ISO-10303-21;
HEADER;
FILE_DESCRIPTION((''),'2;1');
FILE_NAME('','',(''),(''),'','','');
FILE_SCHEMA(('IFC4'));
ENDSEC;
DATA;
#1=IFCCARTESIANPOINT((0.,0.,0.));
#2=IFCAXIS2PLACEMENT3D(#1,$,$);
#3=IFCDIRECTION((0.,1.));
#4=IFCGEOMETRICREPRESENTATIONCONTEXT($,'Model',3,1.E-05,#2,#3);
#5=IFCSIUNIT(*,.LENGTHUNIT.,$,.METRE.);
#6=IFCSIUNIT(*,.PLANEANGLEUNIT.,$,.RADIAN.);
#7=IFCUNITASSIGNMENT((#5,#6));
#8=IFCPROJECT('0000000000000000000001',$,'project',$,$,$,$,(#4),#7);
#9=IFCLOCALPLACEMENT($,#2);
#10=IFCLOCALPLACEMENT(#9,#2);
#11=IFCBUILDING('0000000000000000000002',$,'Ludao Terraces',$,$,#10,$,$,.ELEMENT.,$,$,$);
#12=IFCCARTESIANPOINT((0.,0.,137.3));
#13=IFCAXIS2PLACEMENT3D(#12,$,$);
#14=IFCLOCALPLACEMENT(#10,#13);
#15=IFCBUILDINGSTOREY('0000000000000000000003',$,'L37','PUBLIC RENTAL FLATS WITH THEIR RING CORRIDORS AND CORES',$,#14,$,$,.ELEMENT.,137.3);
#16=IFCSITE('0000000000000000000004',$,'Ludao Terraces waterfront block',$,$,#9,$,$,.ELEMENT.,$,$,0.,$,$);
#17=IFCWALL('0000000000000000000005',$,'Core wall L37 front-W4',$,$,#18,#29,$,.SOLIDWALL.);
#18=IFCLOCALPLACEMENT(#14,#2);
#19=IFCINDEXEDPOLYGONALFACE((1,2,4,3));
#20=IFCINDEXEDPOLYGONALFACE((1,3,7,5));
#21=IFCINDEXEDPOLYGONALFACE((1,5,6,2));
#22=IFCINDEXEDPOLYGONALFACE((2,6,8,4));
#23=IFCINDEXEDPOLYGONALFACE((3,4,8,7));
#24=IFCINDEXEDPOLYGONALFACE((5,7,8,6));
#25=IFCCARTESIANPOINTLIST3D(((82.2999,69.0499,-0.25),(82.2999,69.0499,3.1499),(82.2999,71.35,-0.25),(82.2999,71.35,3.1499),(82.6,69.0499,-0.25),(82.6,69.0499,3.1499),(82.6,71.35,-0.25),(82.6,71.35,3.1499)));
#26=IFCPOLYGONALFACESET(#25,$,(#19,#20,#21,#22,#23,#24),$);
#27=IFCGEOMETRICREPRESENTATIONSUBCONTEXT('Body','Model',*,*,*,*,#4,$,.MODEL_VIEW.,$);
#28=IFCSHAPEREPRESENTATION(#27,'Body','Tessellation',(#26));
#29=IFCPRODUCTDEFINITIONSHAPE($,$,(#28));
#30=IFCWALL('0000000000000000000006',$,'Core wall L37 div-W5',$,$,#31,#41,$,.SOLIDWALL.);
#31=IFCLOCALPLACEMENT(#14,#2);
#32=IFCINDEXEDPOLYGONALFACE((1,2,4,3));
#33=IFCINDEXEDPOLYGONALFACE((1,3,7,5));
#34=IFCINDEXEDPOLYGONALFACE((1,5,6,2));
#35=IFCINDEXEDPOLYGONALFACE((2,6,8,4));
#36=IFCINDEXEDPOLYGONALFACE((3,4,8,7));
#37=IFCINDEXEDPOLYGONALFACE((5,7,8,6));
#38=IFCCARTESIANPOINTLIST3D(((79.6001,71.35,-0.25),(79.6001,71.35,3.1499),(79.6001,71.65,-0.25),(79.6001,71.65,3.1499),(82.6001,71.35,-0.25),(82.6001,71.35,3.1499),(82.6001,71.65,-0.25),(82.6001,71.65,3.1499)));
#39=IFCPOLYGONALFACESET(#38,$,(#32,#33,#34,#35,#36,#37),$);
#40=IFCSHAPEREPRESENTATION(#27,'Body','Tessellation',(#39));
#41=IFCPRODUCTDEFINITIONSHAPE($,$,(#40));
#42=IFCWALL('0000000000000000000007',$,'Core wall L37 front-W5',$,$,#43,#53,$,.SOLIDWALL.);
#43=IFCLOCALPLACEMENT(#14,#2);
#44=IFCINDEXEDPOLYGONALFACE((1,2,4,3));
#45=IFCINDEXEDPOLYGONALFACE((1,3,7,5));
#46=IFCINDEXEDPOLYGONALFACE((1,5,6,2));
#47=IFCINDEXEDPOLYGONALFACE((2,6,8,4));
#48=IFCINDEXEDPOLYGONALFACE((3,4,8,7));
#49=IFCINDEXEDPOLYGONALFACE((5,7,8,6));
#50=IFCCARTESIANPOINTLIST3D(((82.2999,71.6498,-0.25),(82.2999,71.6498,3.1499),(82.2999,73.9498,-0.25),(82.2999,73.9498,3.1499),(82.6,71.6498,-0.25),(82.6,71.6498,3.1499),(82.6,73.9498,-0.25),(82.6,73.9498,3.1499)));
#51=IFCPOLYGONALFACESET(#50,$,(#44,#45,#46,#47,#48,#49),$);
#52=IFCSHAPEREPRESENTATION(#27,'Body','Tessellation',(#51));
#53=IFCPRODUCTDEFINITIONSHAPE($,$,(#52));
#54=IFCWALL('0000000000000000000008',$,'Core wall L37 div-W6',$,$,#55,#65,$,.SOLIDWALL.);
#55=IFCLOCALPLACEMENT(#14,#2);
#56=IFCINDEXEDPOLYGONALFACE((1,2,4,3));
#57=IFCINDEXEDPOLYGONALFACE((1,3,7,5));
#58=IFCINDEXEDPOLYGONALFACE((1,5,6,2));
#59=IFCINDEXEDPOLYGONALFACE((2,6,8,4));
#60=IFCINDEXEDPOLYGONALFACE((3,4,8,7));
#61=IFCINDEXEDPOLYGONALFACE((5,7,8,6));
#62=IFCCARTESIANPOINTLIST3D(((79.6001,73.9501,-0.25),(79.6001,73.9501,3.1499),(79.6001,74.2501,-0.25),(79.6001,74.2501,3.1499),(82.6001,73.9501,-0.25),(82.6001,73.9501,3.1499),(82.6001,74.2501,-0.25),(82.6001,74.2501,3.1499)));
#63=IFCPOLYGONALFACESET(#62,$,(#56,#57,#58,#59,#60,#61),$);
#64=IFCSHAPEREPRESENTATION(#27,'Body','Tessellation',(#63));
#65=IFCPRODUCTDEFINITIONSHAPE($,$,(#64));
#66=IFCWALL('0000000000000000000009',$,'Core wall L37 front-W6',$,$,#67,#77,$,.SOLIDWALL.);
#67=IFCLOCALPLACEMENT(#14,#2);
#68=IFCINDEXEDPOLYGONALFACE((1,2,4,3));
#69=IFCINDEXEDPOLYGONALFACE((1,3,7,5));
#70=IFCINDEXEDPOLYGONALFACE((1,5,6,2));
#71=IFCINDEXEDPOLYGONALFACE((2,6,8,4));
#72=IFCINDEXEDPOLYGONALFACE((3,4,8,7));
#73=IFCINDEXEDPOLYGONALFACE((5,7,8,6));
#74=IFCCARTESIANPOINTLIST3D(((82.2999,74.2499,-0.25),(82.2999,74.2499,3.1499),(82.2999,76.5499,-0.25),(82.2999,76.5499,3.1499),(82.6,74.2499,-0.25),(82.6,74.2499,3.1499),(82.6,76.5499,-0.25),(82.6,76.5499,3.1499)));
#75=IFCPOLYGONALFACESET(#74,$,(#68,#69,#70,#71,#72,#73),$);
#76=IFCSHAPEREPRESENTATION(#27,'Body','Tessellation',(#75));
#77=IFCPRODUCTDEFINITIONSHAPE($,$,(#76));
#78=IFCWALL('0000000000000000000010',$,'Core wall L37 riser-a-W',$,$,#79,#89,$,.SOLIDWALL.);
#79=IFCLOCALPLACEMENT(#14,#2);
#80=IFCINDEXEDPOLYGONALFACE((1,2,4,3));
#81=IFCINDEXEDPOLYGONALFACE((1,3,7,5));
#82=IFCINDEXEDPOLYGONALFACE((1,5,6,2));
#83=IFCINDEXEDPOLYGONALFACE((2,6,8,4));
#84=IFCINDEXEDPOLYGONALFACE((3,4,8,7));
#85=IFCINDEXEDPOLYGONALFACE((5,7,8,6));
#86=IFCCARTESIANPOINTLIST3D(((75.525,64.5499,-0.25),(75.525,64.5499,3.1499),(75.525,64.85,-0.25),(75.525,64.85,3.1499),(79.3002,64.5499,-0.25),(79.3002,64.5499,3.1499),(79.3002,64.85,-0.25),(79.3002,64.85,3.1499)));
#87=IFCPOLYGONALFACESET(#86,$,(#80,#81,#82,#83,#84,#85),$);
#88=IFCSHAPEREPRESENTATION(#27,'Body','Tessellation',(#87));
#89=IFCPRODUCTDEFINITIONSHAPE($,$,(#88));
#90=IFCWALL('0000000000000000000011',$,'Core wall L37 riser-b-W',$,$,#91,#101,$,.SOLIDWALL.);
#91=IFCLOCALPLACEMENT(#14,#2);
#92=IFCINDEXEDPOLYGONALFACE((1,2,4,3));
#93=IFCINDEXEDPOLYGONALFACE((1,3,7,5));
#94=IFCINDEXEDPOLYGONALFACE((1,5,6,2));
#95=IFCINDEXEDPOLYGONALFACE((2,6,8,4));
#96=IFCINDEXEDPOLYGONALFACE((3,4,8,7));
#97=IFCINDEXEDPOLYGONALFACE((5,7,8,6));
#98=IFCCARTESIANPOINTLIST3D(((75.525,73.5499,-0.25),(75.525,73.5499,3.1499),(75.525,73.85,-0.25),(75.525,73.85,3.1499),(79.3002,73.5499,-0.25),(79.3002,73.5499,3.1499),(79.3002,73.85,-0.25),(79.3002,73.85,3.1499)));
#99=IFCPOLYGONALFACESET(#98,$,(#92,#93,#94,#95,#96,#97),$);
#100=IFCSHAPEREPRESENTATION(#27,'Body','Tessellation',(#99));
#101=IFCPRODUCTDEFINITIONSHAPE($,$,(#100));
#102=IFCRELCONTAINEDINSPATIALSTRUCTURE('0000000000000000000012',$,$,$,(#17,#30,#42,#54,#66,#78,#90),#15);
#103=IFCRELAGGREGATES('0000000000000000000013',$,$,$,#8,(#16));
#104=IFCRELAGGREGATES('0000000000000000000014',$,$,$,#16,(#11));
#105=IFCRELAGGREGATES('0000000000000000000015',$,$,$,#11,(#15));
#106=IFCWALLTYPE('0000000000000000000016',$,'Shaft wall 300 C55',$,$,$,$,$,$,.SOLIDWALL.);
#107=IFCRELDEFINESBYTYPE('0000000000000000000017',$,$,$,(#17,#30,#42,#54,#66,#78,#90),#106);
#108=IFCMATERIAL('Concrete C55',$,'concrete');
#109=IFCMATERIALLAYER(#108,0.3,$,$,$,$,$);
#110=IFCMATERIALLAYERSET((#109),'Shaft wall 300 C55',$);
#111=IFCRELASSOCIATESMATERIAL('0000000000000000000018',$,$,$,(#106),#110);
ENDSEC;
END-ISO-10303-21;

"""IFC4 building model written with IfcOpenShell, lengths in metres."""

from ifc_helpers import new_model, si_unit, direction, frame, frame_2d, origin, place, context, subcontext, project, spatial, rectangle, extrude, material, layer, layer_set, type_object, element, save


model = new_model("IFC4")

# Units and contexts
model_context = context("Model", 3, precision=1e-05, world=origin(), true_north=direction((0.0, 1.0)))
body_context = subcontext(model_context, "Body", "Model", "MODEL_VIEW")
ifc_project = project(units=[si_unit("LENGTHUNIT", "METRE"), si_unit("PLANEANGLEUNIT", "RADIAN")], contexts=[model_context])

# Site, building, storey
site_placement = place(None, origin())
site = spatial("IfcSite", under=ifc_project, at=site_placement, Name="Ludao Terraces waterfront block", CompositionType="ELEMENT", RefElevation=0.0)
building_placement = place(site_placement, origin())
building = spatial("IfcBuilding", under=site, at=building_placement, Name="Ludao Terraces", CompositionType="ELEMENT")
storey_placement = place(building_placement, frame((0.0, 0.0, 137.3)))
storey = spatial("IfcBuildingStorey", under=building, at=storey_placement, Name="L37", Description="PUBLIC RENTAL FLATS WITH THEIR RING CORRIDORS AND CORES", CompositionType="ELEMENT", Elevation=137.3)

# Walls
ifc_material_1 = material(Name="Concrete C55", Category="concrete")
ifc_layer_1 = layer(ifc_material_1, 0.3)
ifc_layer_set_1 = layer_set([ifc_layer_1], Name="Shaft wall 300 C55")
wall_type_1 = type_object("IfcWallType", Name="Shaft wall 300 C55", PredefinedType="SOLIDWALL", material=ifc_layer_set_1)
wall_1_placement = place(storey_placement, frame((82.45, 69.05, -0.25), z_axis=(0.0, 0.0, 1.0), x_axis=(0.0, 1.0, 0.0)))
element("IfcWall", 1, at=wall_1_placement, inside=storey, type_object=wall_type_1, Name="Core wall L37 front-W4", PredefinedType="SOLIDWALL", context=body_context, shape_type="SweptSolid", body=[
    extrude(rectangle(XDim=2.3, YDim=0.3, at=frame_2d((1.1499, 0.0))), origin(), (0.0, 0.0, 1.0), 3.3999),
])
wall_2_placement = place(storey_placement, frame((79.6001, 71.5, -0.25), z_axis=(0.0, 0.0, 1.0), x_axis=(1.0, 0.0, 0.0)))
element("IfcWall", 2, at=wall_2_placement, inside=storey, type_object=wall_type_1, Name="Core wall L37 div-W5", PredefinedType="SOLIDWALL", context=body_context, shape_type="SweptSolid", body=[
    extrude(rectangle(XDim=3.0, YDim=0.3, at=frame_2d((1.5, 0.0))), origin(), (0.0, 0.0, 1.0), 3.3999),
])
wall_3_placement = place(storey_placement, frame((82.45, 71.6499, -0.25), z_axis=(0.0, 0.0, 1.0), x_axis=(0.0, 1.0, 0.0)))
element("IfcWall", 3, at=wall_3_placement, inside=storey, type_object=wall_type_1, Name="Core wall L37 front-W5", PredefinedType="SOLIDWALL", context=body_context, shape_type="SweptSolid", body=[
    extrude(rectangle(XDim=2.3, YDim=0.3, at=frame_2d((1.1499, 0.0))), origin(), (0.0, 0.0, 1.0), 3.3999),
])
wall_4_placement = place(storey_placement, frame((79.6001, 74.1001, -0.25), z_axis=(0.0, 0.0, 1.0), x_axis=(1.0, 0.0, 0.0)))
element("IfcWall", 4, at=wall_4_placement, inside=storey, type_object=wall_type_1, Name="Core wall L37 div-W6", PredefinedType="SOLIDWALL", context=body_context, shape_type="SweptSolid", body=[
    extrude(rectangle(XDim=3.0, YDim=0.3, at=frame_2d((1.5, 0.0))), origin(), (0.0, 0.0, 1.0), 3.3999),
])
wall_5_placement = place(storey_placement, frame((82.45, 74.25, -0.25), z_axis=(0.0, 0.0, 1.0), x_axis=(0.0, 1.0, 0.0)))
element("IfcWall", 5, at=wall_5_placement, inside=storey, type_object=wall_type_1, Name="Core wall L37 front-W6", PredefinedType="SOLIDWALL", context=body_context, shape_type="SweptSolid", body=[
    extrude(rectangle(XDim=2.3, YDim=0.3, at=frame_2d((1.1499, 0.0))), origin(), (0.0, 0.0, 1.0), 3.3999),
])
for number, where, z_axis, x_axis, name in (
    (6, (75.5249, 64.7, -0.25), (0.0, 0.0, 1.0), (1.0, 0.0, 0.0), "Core wall L37 riser-a-W"),
    (7, (75.5249, 73.7, -0.25), (0.0, 0.0, 1.0), (1.0, 0.0, 0.0), "Core wall L37 riser-b-W"),
):
    element("IfcWall", number, at=place(storey_placement, frame(where, z_axis=z_axis, x_axis=x_axis)), inside=storey, type_object=wall_type_1, Name=name, PredefinedType="SOLIDWALL", context=body_context, shape_type="SweptSolid", body=[
        extrude(rectangle(XDim=3.7751, YDim=0.3, at=frame_2d((1.8877, 0.0))), origin(), (0.0, 0.0, 1.0), 3.3999),
    ])

save(model, "model.ifc")
